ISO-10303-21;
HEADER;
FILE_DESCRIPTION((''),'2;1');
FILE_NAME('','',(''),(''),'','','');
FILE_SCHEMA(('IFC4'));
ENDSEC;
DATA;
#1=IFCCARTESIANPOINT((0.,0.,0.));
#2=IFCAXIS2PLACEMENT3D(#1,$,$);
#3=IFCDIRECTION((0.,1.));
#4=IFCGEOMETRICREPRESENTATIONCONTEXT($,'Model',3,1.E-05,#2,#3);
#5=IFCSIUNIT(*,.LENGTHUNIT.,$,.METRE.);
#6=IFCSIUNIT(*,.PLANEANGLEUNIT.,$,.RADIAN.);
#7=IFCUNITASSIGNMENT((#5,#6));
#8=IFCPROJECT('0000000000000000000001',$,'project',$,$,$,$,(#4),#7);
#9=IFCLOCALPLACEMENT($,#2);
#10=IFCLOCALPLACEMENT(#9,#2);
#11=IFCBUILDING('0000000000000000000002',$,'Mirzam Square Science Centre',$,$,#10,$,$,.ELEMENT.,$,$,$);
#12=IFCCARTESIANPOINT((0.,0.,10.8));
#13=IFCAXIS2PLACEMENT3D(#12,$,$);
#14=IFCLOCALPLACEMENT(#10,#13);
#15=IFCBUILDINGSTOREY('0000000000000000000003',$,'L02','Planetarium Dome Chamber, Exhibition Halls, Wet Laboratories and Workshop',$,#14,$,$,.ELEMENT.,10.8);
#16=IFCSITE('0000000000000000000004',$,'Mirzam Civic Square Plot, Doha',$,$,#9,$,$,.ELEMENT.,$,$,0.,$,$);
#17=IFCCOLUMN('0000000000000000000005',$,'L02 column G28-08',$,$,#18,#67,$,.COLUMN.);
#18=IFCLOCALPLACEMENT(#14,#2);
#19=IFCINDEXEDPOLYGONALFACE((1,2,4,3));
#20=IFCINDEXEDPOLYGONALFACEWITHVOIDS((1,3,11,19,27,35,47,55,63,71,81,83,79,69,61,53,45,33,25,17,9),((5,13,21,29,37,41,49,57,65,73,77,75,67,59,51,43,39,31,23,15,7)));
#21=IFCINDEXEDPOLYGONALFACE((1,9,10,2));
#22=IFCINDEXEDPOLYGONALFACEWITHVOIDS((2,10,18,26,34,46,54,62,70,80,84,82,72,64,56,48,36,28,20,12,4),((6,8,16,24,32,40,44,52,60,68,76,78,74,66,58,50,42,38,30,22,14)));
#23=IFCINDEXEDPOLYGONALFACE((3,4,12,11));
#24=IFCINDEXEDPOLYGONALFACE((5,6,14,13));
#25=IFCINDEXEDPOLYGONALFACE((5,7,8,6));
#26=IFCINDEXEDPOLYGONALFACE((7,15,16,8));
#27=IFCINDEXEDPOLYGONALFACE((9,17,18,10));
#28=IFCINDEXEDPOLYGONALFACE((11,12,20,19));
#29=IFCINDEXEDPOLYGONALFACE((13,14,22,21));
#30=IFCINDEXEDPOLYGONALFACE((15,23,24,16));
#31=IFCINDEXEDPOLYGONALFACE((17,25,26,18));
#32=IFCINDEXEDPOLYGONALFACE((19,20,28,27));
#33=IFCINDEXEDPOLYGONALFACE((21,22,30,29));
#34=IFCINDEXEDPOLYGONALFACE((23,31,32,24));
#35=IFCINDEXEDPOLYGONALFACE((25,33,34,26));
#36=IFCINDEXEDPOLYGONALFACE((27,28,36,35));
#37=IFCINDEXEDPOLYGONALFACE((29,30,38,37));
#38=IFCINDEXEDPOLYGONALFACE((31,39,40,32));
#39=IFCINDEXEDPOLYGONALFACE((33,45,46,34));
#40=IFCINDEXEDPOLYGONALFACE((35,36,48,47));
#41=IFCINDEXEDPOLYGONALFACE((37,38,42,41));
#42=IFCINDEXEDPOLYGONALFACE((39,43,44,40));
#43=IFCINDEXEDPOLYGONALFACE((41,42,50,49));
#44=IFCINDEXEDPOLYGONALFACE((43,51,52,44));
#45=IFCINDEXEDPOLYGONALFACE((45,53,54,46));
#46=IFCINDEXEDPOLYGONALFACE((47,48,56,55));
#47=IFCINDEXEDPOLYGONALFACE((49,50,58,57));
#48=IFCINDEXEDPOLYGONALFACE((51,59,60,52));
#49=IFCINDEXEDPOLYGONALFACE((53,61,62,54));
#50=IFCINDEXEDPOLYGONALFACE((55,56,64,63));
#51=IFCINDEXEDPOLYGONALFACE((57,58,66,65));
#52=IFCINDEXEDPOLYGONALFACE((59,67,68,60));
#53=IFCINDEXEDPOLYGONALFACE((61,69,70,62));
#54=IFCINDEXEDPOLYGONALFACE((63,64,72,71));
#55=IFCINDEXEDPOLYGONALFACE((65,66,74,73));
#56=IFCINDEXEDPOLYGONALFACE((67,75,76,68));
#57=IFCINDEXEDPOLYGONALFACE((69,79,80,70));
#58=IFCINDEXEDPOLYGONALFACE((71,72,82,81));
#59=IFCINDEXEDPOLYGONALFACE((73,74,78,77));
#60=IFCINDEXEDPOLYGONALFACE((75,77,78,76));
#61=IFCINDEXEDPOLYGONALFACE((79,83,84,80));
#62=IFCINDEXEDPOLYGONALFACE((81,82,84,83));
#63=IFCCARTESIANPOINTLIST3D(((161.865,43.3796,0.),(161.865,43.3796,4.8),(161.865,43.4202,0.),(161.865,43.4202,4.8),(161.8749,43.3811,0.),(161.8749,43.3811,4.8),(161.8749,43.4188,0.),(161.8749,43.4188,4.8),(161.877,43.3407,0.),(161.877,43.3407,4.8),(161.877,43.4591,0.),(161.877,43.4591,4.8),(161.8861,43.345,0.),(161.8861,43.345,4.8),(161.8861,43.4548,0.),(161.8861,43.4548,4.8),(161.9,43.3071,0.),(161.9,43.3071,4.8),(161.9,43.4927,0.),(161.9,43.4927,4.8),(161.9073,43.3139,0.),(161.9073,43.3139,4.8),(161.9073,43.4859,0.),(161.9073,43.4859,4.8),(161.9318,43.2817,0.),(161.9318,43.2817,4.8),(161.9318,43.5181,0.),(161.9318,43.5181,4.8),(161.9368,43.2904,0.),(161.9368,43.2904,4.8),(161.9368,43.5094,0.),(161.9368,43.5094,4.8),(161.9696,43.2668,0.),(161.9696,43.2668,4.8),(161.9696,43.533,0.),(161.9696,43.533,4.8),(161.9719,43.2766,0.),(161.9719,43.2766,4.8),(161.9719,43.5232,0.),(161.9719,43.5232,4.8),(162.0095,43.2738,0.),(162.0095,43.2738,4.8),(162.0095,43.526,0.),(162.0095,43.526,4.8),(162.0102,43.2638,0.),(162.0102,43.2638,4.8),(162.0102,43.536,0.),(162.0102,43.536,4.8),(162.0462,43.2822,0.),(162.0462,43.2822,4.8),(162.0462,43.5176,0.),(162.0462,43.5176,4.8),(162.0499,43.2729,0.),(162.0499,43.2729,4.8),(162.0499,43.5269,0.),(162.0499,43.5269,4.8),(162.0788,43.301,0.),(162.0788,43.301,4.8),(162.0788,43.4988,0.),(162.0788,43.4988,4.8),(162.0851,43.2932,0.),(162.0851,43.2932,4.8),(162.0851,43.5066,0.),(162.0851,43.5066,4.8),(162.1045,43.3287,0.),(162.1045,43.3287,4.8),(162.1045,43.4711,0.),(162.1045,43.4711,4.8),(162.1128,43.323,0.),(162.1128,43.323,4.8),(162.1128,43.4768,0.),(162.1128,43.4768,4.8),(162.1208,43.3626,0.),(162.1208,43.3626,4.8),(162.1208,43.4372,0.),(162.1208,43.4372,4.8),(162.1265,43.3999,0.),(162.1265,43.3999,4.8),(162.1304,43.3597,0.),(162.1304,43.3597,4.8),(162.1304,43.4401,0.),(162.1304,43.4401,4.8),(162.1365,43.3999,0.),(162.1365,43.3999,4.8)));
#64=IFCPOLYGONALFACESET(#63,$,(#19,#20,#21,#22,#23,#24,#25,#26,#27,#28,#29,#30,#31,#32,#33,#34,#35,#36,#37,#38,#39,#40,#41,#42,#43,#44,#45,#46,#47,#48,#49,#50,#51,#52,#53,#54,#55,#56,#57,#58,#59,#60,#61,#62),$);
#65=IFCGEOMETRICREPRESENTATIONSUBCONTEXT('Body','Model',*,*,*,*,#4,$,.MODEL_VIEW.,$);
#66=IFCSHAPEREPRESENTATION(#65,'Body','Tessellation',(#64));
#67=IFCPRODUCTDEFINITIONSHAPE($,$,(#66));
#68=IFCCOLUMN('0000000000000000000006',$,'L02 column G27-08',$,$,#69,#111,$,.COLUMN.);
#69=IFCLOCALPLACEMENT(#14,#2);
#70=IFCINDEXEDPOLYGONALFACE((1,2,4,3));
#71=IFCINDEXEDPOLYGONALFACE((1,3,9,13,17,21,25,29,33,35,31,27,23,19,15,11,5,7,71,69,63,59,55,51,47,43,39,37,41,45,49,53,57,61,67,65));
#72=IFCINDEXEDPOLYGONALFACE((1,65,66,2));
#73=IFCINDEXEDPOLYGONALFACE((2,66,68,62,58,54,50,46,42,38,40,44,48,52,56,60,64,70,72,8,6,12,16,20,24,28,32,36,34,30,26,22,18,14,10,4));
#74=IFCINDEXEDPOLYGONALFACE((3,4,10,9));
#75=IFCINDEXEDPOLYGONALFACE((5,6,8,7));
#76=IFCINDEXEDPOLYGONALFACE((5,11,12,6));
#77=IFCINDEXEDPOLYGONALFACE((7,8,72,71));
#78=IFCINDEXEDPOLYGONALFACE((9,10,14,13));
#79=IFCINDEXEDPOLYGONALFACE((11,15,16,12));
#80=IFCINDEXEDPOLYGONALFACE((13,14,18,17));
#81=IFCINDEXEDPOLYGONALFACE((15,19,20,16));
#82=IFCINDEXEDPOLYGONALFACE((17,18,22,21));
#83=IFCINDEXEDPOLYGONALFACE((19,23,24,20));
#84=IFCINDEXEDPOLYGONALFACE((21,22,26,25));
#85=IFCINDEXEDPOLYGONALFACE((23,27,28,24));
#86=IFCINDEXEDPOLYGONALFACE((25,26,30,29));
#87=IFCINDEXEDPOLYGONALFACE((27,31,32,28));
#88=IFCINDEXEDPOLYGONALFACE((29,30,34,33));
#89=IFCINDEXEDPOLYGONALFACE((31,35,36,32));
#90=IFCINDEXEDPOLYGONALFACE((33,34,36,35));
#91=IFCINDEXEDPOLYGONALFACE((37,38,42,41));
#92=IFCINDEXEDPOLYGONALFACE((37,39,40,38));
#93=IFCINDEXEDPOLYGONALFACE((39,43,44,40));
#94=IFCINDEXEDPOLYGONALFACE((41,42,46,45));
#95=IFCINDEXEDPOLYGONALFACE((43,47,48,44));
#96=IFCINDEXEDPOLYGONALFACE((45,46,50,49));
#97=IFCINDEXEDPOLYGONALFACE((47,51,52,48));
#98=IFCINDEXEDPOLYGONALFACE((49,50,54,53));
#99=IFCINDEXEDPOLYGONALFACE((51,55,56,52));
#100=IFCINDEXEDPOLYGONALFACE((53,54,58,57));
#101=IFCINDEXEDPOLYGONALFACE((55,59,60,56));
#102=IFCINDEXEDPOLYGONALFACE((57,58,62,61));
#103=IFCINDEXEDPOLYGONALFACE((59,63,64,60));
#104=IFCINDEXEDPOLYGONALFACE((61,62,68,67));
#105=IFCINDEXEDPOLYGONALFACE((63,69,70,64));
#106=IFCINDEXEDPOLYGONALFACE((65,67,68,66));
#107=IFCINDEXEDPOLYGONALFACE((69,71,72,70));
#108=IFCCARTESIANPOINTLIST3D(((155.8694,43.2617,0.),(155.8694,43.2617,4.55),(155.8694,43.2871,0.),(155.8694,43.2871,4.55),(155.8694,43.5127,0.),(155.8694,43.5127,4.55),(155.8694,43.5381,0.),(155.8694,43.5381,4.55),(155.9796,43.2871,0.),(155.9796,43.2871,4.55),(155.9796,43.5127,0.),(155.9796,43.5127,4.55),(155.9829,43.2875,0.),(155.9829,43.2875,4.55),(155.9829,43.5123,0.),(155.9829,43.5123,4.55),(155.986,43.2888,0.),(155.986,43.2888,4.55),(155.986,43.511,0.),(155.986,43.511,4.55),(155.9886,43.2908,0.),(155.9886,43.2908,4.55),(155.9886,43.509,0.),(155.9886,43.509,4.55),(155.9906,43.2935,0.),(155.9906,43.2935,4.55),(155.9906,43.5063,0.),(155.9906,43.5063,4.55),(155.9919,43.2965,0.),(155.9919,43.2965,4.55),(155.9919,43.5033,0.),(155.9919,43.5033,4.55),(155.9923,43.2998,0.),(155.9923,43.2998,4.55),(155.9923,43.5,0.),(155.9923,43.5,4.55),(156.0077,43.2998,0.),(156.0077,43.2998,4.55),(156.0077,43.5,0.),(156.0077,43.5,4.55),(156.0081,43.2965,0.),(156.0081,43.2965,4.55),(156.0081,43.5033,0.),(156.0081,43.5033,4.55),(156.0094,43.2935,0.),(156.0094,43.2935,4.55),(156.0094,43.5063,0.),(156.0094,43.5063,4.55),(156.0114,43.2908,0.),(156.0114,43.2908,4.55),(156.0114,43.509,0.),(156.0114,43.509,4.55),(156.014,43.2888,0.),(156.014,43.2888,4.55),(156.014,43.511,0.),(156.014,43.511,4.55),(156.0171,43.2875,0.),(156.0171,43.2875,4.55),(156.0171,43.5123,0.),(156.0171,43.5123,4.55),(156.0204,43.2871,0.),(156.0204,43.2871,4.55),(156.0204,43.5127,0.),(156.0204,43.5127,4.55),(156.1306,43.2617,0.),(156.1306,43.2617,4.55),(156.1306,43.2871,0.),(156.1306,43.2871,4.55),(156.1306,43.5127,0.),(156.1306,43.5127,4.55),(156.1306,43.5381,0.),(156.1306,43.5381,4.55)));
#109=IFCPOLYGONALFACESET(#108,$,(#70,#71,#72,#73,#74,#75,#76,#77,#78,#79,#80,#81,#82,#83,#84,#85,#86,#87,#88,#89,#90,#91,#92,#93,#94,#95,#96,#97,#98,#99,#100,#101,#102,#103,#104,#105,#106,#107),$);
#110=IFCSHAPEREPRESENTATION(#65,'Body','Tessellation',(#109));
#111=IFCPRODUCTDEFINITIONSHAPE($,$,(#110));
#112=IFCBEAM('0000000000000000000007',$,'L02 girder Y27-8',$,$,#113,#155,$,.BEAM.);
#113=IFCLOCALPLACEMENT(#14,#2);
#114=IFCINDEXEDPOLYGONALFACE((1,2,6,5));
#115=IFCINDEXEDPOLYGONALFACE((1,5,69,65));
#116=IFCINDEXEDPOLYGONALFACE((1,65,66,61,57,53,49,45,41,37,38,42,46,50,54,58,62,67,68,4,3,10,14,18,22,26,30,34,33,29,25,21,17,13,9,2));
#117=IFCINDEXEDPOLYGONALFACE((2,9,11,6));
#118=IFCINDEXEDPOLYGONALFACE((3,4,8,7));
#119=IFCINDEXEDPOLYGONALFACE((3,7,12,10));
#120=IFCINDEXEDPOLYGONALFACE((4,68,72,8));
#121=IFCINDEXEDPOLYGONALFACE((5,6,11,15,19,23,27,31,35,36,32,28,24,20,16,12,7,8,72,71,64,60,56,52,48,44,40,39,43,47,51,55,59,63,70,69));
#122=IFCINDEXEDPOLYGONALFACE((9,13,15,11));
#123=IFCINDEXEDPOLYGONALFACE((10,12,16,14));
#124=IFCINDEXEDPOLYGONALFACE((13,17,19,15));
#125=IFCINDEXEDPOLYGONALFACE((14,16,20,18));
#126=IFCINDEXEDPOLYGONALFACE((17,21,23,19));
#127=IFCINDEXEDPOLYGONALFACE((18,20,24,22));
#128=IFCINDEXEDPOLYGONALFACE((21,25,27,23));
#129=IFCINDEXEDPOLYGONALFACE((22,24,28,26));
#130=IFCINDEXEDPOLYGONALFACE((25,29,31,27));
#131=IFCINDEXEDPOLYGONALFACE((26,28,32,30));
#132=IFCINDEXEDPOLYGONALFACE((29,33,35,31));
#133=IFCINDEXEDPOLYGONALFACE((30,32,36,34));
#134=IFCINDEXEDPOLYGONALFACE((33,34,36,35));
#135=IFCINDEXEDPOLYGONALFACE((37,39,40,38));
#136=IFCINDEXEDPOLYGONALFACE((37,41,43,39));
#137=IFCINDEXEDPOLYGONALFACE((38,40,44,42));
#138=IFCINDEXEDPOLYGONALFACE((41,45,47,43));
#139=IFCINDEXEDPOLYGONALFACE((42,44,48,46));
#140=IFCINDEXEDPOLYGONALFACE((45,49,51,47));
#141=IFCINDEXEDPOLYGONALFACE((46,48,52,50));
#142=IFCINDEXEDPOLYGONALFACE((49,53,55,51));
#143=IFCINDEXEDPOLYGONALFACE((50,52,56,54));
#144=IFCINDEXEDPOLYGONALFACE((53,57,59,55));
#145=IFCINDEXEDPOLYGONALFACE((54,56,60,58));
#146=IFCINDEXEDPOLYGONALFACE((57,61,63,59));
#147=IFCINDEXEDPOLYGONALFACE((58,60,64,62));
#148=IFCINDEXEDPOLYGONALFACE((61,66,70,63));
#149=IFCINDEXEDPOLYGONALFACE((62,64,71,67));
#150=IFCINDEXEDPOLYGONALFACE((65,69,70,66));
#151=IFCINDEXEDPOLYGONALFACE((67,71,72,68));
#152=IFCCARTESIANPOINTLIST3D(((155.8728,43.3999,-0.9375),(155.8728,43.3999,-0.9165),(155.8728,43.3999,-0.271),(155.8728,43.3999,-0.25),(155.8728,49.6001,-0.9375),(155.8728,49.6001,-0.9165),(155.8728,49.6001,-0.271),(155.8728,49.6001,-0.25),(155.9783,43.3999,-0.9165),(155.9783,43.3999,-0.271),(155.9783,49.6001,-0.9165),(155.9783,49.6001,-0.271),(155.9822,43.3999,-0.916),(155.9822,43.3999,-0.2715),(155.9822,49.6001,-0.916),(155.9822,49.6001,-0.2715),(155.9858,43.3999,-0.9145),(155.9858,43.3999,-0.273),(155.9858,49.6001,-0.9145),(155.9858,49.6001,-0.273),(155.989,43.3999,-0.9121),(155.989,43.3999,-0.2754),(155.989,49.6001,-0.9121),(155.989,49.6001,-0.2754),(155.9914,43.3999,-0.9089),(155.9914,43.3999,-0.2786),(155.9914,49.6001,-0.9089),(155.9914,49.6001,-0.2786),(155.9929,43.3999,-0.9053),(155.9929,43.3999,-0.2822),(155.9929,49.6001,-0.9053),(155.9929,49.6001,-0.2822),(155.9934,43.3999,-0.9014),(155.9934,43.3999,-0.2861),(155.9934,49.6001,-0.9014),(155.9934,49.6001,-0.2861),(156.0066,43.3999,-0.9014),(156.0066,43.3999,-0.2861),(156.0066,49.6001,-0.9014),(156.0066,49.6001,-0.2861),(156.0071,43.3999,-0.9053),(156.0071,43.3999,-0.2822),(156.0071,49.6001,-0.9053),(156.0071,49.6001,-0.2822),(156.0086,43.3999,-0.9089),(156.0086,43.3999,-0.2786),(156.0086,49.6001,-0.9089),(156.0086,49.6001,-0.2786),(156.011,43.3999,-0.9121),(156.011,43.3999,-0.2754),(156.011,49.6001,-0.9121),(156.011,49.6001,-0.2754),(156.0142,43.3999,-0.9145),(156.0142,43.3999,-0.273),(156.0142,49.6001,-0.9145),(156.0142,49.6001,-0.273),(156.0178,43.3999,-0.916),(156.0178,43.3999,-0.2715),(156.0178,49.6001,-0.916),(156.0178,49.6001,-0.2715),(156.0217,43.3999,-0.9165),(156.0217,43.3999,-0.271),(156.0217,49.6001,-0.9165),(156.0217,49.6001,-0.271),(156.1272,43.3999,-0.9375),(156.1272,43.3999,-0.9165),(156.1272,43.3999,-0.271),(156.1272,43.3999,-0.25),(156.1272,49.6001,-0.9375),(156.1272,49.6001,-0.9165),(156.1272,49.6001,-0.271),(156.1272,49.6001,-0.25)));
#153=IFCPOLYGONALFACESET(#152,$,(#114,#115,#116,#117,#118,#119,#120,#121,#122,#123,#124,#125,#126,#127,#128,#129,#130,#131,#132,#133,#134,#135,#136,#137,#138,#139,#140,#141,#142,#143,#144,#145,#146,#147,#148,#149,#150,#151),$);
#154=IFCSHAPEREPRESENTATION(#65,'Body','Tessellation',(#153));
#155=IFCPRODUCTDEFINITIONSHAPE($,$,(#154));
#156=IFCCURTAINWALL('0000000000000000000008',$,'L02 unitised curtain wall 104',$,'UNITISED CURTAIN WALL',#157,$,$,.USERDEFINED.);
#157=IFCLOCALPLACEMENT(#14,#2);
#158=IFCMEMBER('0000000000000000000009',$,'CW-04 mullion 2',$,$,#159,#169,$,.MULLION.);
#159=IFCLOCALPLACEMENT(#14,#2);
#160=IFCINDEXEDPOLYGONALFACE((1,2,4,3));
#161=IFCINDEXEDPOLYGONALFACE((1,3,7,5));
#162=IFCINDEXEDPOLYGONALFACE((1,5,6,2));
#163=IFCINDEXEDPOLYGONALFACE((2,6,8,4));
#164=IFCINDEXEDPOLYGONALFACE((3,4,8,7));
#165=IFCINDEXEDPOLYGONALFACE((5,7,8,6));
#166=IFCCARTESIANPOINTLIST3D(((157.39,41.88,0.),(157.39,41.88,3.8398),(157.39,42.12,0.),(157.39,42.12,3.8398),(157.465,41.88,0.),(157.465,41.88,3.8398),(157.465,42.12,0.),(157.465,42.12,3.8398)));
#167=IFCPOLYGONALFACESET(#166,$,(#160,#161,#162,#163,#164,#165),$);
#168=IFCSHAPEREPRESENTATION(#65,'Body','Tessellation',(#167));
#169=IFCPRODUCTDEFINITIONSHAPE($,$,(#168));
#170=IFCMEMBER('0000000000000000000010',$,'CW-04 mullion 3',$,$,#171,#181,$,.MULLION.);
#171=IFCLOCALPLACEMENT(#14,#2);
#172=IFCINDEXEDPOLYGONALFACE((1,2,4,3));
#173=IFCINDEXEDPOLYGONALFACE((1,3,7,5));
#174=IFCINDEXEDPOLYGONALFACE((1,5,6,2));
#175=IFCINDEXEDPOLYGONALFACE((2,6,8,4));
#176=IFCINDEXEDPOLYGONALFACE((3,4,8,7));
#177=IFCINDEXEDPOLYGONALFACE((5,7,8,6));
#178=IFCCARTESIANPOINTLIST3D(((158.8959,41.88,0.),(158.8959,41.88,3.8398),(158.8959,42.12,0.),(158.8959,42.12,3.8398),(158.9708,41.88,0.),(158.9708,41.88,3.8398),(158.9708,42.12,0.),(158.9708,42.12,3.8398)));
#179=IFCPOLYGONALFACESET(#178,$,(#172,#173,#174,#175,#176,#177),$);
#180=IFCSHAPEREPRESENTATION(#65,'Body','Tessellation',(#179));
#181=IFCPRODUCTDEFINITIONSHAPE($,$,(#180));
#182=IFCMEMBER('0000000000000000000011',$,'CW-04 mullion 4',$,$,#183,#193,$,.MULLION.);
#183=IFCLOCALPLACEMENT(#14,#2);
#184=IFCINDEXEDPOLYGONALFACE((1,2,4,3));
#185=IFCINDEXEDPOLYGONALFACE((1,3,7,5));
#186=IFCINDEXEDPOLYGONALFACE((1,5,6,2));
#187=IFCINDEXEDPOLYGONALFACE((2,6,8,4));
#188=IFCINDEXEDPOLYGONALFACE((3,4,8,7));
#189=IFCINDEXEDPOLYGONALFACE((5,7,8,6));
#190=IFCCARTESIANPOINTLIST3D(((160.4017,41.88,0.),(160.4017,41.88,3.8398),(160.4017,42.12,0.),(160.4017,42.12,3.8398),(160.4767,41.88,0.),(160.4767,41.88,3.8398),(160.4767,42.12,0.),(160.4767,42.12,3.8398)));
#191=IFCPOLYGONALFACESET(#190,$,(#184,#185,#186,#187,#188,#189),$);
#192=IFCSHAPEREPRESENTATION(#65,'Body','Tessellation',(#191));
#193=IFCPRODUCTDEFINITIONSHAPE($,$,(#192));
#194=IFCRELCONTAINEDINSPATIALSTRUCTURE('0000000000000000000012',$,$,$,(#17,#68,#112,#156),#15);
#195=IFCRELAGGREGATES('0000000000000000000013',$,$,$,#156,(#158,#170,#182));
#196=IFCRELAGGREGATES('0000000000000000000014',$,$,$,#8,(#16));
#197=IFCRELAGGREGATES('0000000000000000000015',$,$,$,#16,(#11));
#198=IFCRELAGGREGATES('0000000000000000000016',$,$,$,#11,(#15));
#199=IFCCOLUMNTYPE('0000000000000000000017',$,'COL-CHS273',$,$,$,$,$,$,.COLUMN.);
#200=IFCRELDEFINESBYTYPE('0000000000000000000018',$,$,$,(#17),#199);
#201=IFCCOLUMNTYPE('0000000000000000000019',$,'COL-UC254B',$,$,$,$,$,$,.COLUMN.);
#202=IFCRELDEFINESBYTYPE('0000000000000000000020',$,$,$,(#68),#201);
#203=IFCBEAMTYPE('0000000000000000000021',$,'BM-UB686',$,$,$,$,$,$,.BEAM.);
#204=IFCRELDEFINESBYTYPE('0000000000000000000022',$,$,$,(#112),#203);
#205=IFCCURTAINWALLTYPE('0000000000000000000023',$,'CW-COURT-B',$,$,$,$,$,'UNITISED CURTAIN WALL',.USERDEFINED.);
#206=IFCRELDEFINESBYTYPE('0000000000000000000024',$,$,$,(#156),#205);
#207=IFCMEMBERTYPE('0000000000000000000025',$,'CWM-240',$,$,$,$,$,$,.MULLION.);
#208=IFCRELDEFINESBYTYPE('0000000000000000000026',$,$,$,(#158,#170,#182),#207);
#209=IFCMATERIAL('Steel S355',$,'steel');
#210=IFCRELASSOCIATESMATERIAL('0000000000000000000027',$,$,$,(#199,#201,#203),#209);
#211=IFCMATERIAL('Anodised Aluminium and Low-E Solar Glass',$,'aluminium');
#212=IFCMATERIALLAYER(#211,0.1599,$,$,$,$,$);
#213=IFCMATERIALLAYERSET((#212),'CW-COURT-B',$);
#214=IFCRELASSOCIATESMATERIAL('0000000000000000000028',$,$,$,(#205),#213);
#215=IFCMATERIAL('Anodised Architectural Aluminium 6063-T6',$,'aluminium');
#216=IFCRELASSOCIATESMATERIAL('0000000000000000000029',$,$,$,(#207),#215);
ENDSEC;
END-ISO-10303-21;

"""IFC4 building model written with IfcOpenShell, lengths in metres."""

from ifc_helpers import new_model, si_unit, direction, frame, origin, origin_2d, place, context, subcontext, project, spatial, rectangle, hollow_circle, i_section, extrude, material, layer, layer_set, material_profile, profile_set, type_object, element, aggregate, save


model = new_model("IFC4")

# Units and contexts
model_context = context("Model", 3, precision=1e-05, world=origin(), true_north=direction((0.0, 1.0)))
body_context = subcontext(model_context, "Body", "Model", "MODEL_VIEW")
ifc_project = project(units=[si_unit("LENGTHUNIT", "METRE"), si_unit("PLANEANGLEUNIT", "RADIAN")], contexts=[model_context])

# Site, building, storey
site_placement = place(None, origin())
site = spatial("IfcSite", under=ifc_project, at=site_placement, Name="Mirzam Civic Square Plot, Doha", CompositionType="ELEMENT", RefElevation=0.0)
building_placement = place(site_placement, origin())
building = spatial("IfcBuilding", under=site, at=building_placement, Name="Mirzam Square Science Centre", CompositionType="ELEMENT")
storey_placement = place(building_placement, frame((0.0, 0.0, 10.8)))
storey = spatial("IfcBuildingStorey", under=building, at=storey_placement, Name="L02", Description="Planetarium Dome Chamber, Exhibition Halls, Wet Laboratories and Workshop", CompositionType="ELEMENT", Elevation=10.8)

# Columns
ifc_material_1 = material(Name="Steel S355", Category="steel")
ifc_material_profile_1 = material_profile(ifc_material_1, hollow_circle(Radius=0.1365, WallThickness=0.01, at=origin_2d()), Name="273.0x10.0CHS")
ifc_profile_set_1 = profile_set([ifc_material_profile_1], Name="Steel S355")
column_type_1 = type_object("IfcColumnType", Name="COL-CHS273", PredefinedType="COLUMN", material=ifc_profile_set_1)
column_1_placement = place(storey_placement, frame((162.0, 43.3999, 0.0), z_axis=(0.0, 0.0, 1.0), x_axis=(1.0, 0.0, 0.0)))
element("IfcColumn", 1, at=column_1_placement, inside=storey, type_object=column_type_1, Name="L02 column G28-08", PredefinedType="COLUMN", context=body_context, shape_type="SweptSolid", body=[
    extrude(hollow_circle(Radius=0.1365, WallThickness=0.01, at=origin_2d()), origin(), (0.0, 0.0, 1.0), 4.8),
])
ifc_material_profile_2 = material_profile(ifc_material_1, i_section(OverallWidth=0.2612, OverallDepth=0.2764, WebThickness=0.0154, FlangeThickness=0.0254, FilletRadius=0.0127, at=origin_2d()), Name="254x254x132UC")
ifc_profile_set_2 = profile_set([ifc_material_profile_2], Name="Steel S355")
column_type_2 = type_object("IfcColumnType", Name="COL-UC254B", PredefinedType="COLUMN", material=ifc_profile_set_2)
column_2_placement = place(storey_placement, frame((156.0, 43.3999, 0.0), z_axis=(0.0, 0.0, 1.0), x_axis=(1.0, 0.0, 0.0)))
element("IfcColumn", 2, at=column_2_placement, inside=storey, type_object=column_type_2, Name="L02 column G27-08", PredefinedType="COLUMN", context=body_context, shape_type="SweptSolid", body=[
    extrude(i_section(OverallWidth=0.2612, OverallDepth=0.2764, WebThickness=0.0154, FlangeThickness=0.0254, FilletRadius=0.0127, at=origin_2d()), origin(), (0.0, 0.0, 1.0), 4.55),
])

# Beam
ifc_material_profile_3 = material_profile(ifc_material_1, i_section(OverallWidth=0.2544, OverallDepth=0.6875, WebThickness=0.0132, FlangeThickness=0.021, FilletRadius=0.0151, at=origin_2d()), Name="686x254x152UB")
ifc_profile_set_3 = profile_set([ifc_material_profile_3], Name="Steel S355")
beam_type_1 = type_object("IfcBeamType", Name="BM-UB686", PredefinedType="BEAM", material=ifc_profile_set_3)
beam_1_placement = place(storey_placement, frame((156.0, 43.3999, -0.5938), z_axis=(0.0, 1.0, 0.0), x_axis=(-1.0, 0.0, 0.0)))
element("IfcBeam", 3, at=beam_1_placement, inside=storey, type_object=beam_type_1, Name="L02 girder Y27-8", PredefinedType="BEAM", context=body_context, shape_type="SweptSolid", body=[
    extrude(i_section(OverallWidth=0.2544, OverallDepth=0.6875, WebThickness=0.0132, FlangeThickness=0.021, FilletRadius=0.0151, at=origin_2d()), origin(), (0.0, 0.0, 1.0), 6.2002),
])

# Curtain wall, members
ifc_material_2 = material(Name="Anodised Aluminium and Low-E Solar Glass", Category="aluminium")
ifc_layer_1 = layer(ifc_material_2, 0.1599)
ifc_layer_set_1 = layer_set([ifc_layer_1], Name="CW-COURT-B")
curtain_wall_type = type_object("IfcCurtainWallType", Name="CW-COURT-B", ElementType="UNITISED CURTAIN WALL", PredefinedType="USERDEFINED", material=ifc_layer_set_1)
curtain_wall_placement = place(storey_placement, origin())
curtain_wall = element("IfcCurtainWall", 4, at=curtain_wall_placement, inside=storey, type_object=curtain_wall_type, Name="L02 unitised curtain wall 104", ObjectType="UNITISED CURTAIN WALL", PredefinedType="USERDEFINED")
ifc_material_3 = material(Name="Anodised Architectural Aluminium 6063-T6", Category="aluminium")
ifc_material_profile_4 = material_profile(ifc_material_3, rectangle(XDim=0.075, YDim=0.24, at=origin_2d()), Name="ALU-MULL-240x75x5")
ifc_profile_set_4 = profile_set([ifc_material_profile_4], Name="Anodised Architectural Aluminium 6063-T6")
member_type_1 = type_object("IfcMemberType", Name="CWM-240", PredefinedType="MULLION", material=ifc_profile_set_4)
member_1_placement = place(storey_placement, frame((157.4275, 42.0, 0.0), z_axis=(0.0, 0.0, 1.0), x_axis=(1.0, 0.0, 0.0)))
member_1 = element("IfcMember", 5, at=member_1_placement, type_object=member_type_1, Name="CW-04 mullion 2", PredefinedType="MULLION", context=body_context, shape_type="SweptSolid", body=[
    extrude(rectangle(XDim=0.075, YDim=0.24, at=origin_2d()), origin(), (0.0, 0.0, 1.0), 3.8398),
])
member_2_placement = place(storey_placement, frame((158.9333, 42.0, 0.0), z_axis=(0.0, 0.0, 1.0), x_axis=(1.0, 0.0, 0.0)))
member_2 = element("IfcMember", 6, at=member_2_placement, type_object=member_type_1, Name="CW-04 mullion 3", PredefinedType="MULLION", context=body_context, shape_type="SweptSolid", body=[
    extrude(rectangle(XDim=0.075, YDim=0.24, at=origin_2d()), origin(), (0.0, 0.0, 1.0), 3.8398),
])
member_3_placement = place(storey_placement, frame((160.4392, 42.0, 0.0), z_axis=(0.0, 0.0, 1.0), x_axis=(1.0, 0.0, 0.0)))
member_3 = element("IfcMember", 7, at=member_3_placement, type_object=member_type_1, Name="CW-04 mullion 4", PredefinedType="MULLION", context=body_context, shape_type="SweptSolid", body=[
    extrude(rectangle(XDim=0.075, YDim=0.24, at=origin_2d()), origin(), (0.0, 0.0, 1.0), 3.8398),
])

aggregate(curtain_wall, [member_1, member_2, member_3])

save(model, "model.ifc")
